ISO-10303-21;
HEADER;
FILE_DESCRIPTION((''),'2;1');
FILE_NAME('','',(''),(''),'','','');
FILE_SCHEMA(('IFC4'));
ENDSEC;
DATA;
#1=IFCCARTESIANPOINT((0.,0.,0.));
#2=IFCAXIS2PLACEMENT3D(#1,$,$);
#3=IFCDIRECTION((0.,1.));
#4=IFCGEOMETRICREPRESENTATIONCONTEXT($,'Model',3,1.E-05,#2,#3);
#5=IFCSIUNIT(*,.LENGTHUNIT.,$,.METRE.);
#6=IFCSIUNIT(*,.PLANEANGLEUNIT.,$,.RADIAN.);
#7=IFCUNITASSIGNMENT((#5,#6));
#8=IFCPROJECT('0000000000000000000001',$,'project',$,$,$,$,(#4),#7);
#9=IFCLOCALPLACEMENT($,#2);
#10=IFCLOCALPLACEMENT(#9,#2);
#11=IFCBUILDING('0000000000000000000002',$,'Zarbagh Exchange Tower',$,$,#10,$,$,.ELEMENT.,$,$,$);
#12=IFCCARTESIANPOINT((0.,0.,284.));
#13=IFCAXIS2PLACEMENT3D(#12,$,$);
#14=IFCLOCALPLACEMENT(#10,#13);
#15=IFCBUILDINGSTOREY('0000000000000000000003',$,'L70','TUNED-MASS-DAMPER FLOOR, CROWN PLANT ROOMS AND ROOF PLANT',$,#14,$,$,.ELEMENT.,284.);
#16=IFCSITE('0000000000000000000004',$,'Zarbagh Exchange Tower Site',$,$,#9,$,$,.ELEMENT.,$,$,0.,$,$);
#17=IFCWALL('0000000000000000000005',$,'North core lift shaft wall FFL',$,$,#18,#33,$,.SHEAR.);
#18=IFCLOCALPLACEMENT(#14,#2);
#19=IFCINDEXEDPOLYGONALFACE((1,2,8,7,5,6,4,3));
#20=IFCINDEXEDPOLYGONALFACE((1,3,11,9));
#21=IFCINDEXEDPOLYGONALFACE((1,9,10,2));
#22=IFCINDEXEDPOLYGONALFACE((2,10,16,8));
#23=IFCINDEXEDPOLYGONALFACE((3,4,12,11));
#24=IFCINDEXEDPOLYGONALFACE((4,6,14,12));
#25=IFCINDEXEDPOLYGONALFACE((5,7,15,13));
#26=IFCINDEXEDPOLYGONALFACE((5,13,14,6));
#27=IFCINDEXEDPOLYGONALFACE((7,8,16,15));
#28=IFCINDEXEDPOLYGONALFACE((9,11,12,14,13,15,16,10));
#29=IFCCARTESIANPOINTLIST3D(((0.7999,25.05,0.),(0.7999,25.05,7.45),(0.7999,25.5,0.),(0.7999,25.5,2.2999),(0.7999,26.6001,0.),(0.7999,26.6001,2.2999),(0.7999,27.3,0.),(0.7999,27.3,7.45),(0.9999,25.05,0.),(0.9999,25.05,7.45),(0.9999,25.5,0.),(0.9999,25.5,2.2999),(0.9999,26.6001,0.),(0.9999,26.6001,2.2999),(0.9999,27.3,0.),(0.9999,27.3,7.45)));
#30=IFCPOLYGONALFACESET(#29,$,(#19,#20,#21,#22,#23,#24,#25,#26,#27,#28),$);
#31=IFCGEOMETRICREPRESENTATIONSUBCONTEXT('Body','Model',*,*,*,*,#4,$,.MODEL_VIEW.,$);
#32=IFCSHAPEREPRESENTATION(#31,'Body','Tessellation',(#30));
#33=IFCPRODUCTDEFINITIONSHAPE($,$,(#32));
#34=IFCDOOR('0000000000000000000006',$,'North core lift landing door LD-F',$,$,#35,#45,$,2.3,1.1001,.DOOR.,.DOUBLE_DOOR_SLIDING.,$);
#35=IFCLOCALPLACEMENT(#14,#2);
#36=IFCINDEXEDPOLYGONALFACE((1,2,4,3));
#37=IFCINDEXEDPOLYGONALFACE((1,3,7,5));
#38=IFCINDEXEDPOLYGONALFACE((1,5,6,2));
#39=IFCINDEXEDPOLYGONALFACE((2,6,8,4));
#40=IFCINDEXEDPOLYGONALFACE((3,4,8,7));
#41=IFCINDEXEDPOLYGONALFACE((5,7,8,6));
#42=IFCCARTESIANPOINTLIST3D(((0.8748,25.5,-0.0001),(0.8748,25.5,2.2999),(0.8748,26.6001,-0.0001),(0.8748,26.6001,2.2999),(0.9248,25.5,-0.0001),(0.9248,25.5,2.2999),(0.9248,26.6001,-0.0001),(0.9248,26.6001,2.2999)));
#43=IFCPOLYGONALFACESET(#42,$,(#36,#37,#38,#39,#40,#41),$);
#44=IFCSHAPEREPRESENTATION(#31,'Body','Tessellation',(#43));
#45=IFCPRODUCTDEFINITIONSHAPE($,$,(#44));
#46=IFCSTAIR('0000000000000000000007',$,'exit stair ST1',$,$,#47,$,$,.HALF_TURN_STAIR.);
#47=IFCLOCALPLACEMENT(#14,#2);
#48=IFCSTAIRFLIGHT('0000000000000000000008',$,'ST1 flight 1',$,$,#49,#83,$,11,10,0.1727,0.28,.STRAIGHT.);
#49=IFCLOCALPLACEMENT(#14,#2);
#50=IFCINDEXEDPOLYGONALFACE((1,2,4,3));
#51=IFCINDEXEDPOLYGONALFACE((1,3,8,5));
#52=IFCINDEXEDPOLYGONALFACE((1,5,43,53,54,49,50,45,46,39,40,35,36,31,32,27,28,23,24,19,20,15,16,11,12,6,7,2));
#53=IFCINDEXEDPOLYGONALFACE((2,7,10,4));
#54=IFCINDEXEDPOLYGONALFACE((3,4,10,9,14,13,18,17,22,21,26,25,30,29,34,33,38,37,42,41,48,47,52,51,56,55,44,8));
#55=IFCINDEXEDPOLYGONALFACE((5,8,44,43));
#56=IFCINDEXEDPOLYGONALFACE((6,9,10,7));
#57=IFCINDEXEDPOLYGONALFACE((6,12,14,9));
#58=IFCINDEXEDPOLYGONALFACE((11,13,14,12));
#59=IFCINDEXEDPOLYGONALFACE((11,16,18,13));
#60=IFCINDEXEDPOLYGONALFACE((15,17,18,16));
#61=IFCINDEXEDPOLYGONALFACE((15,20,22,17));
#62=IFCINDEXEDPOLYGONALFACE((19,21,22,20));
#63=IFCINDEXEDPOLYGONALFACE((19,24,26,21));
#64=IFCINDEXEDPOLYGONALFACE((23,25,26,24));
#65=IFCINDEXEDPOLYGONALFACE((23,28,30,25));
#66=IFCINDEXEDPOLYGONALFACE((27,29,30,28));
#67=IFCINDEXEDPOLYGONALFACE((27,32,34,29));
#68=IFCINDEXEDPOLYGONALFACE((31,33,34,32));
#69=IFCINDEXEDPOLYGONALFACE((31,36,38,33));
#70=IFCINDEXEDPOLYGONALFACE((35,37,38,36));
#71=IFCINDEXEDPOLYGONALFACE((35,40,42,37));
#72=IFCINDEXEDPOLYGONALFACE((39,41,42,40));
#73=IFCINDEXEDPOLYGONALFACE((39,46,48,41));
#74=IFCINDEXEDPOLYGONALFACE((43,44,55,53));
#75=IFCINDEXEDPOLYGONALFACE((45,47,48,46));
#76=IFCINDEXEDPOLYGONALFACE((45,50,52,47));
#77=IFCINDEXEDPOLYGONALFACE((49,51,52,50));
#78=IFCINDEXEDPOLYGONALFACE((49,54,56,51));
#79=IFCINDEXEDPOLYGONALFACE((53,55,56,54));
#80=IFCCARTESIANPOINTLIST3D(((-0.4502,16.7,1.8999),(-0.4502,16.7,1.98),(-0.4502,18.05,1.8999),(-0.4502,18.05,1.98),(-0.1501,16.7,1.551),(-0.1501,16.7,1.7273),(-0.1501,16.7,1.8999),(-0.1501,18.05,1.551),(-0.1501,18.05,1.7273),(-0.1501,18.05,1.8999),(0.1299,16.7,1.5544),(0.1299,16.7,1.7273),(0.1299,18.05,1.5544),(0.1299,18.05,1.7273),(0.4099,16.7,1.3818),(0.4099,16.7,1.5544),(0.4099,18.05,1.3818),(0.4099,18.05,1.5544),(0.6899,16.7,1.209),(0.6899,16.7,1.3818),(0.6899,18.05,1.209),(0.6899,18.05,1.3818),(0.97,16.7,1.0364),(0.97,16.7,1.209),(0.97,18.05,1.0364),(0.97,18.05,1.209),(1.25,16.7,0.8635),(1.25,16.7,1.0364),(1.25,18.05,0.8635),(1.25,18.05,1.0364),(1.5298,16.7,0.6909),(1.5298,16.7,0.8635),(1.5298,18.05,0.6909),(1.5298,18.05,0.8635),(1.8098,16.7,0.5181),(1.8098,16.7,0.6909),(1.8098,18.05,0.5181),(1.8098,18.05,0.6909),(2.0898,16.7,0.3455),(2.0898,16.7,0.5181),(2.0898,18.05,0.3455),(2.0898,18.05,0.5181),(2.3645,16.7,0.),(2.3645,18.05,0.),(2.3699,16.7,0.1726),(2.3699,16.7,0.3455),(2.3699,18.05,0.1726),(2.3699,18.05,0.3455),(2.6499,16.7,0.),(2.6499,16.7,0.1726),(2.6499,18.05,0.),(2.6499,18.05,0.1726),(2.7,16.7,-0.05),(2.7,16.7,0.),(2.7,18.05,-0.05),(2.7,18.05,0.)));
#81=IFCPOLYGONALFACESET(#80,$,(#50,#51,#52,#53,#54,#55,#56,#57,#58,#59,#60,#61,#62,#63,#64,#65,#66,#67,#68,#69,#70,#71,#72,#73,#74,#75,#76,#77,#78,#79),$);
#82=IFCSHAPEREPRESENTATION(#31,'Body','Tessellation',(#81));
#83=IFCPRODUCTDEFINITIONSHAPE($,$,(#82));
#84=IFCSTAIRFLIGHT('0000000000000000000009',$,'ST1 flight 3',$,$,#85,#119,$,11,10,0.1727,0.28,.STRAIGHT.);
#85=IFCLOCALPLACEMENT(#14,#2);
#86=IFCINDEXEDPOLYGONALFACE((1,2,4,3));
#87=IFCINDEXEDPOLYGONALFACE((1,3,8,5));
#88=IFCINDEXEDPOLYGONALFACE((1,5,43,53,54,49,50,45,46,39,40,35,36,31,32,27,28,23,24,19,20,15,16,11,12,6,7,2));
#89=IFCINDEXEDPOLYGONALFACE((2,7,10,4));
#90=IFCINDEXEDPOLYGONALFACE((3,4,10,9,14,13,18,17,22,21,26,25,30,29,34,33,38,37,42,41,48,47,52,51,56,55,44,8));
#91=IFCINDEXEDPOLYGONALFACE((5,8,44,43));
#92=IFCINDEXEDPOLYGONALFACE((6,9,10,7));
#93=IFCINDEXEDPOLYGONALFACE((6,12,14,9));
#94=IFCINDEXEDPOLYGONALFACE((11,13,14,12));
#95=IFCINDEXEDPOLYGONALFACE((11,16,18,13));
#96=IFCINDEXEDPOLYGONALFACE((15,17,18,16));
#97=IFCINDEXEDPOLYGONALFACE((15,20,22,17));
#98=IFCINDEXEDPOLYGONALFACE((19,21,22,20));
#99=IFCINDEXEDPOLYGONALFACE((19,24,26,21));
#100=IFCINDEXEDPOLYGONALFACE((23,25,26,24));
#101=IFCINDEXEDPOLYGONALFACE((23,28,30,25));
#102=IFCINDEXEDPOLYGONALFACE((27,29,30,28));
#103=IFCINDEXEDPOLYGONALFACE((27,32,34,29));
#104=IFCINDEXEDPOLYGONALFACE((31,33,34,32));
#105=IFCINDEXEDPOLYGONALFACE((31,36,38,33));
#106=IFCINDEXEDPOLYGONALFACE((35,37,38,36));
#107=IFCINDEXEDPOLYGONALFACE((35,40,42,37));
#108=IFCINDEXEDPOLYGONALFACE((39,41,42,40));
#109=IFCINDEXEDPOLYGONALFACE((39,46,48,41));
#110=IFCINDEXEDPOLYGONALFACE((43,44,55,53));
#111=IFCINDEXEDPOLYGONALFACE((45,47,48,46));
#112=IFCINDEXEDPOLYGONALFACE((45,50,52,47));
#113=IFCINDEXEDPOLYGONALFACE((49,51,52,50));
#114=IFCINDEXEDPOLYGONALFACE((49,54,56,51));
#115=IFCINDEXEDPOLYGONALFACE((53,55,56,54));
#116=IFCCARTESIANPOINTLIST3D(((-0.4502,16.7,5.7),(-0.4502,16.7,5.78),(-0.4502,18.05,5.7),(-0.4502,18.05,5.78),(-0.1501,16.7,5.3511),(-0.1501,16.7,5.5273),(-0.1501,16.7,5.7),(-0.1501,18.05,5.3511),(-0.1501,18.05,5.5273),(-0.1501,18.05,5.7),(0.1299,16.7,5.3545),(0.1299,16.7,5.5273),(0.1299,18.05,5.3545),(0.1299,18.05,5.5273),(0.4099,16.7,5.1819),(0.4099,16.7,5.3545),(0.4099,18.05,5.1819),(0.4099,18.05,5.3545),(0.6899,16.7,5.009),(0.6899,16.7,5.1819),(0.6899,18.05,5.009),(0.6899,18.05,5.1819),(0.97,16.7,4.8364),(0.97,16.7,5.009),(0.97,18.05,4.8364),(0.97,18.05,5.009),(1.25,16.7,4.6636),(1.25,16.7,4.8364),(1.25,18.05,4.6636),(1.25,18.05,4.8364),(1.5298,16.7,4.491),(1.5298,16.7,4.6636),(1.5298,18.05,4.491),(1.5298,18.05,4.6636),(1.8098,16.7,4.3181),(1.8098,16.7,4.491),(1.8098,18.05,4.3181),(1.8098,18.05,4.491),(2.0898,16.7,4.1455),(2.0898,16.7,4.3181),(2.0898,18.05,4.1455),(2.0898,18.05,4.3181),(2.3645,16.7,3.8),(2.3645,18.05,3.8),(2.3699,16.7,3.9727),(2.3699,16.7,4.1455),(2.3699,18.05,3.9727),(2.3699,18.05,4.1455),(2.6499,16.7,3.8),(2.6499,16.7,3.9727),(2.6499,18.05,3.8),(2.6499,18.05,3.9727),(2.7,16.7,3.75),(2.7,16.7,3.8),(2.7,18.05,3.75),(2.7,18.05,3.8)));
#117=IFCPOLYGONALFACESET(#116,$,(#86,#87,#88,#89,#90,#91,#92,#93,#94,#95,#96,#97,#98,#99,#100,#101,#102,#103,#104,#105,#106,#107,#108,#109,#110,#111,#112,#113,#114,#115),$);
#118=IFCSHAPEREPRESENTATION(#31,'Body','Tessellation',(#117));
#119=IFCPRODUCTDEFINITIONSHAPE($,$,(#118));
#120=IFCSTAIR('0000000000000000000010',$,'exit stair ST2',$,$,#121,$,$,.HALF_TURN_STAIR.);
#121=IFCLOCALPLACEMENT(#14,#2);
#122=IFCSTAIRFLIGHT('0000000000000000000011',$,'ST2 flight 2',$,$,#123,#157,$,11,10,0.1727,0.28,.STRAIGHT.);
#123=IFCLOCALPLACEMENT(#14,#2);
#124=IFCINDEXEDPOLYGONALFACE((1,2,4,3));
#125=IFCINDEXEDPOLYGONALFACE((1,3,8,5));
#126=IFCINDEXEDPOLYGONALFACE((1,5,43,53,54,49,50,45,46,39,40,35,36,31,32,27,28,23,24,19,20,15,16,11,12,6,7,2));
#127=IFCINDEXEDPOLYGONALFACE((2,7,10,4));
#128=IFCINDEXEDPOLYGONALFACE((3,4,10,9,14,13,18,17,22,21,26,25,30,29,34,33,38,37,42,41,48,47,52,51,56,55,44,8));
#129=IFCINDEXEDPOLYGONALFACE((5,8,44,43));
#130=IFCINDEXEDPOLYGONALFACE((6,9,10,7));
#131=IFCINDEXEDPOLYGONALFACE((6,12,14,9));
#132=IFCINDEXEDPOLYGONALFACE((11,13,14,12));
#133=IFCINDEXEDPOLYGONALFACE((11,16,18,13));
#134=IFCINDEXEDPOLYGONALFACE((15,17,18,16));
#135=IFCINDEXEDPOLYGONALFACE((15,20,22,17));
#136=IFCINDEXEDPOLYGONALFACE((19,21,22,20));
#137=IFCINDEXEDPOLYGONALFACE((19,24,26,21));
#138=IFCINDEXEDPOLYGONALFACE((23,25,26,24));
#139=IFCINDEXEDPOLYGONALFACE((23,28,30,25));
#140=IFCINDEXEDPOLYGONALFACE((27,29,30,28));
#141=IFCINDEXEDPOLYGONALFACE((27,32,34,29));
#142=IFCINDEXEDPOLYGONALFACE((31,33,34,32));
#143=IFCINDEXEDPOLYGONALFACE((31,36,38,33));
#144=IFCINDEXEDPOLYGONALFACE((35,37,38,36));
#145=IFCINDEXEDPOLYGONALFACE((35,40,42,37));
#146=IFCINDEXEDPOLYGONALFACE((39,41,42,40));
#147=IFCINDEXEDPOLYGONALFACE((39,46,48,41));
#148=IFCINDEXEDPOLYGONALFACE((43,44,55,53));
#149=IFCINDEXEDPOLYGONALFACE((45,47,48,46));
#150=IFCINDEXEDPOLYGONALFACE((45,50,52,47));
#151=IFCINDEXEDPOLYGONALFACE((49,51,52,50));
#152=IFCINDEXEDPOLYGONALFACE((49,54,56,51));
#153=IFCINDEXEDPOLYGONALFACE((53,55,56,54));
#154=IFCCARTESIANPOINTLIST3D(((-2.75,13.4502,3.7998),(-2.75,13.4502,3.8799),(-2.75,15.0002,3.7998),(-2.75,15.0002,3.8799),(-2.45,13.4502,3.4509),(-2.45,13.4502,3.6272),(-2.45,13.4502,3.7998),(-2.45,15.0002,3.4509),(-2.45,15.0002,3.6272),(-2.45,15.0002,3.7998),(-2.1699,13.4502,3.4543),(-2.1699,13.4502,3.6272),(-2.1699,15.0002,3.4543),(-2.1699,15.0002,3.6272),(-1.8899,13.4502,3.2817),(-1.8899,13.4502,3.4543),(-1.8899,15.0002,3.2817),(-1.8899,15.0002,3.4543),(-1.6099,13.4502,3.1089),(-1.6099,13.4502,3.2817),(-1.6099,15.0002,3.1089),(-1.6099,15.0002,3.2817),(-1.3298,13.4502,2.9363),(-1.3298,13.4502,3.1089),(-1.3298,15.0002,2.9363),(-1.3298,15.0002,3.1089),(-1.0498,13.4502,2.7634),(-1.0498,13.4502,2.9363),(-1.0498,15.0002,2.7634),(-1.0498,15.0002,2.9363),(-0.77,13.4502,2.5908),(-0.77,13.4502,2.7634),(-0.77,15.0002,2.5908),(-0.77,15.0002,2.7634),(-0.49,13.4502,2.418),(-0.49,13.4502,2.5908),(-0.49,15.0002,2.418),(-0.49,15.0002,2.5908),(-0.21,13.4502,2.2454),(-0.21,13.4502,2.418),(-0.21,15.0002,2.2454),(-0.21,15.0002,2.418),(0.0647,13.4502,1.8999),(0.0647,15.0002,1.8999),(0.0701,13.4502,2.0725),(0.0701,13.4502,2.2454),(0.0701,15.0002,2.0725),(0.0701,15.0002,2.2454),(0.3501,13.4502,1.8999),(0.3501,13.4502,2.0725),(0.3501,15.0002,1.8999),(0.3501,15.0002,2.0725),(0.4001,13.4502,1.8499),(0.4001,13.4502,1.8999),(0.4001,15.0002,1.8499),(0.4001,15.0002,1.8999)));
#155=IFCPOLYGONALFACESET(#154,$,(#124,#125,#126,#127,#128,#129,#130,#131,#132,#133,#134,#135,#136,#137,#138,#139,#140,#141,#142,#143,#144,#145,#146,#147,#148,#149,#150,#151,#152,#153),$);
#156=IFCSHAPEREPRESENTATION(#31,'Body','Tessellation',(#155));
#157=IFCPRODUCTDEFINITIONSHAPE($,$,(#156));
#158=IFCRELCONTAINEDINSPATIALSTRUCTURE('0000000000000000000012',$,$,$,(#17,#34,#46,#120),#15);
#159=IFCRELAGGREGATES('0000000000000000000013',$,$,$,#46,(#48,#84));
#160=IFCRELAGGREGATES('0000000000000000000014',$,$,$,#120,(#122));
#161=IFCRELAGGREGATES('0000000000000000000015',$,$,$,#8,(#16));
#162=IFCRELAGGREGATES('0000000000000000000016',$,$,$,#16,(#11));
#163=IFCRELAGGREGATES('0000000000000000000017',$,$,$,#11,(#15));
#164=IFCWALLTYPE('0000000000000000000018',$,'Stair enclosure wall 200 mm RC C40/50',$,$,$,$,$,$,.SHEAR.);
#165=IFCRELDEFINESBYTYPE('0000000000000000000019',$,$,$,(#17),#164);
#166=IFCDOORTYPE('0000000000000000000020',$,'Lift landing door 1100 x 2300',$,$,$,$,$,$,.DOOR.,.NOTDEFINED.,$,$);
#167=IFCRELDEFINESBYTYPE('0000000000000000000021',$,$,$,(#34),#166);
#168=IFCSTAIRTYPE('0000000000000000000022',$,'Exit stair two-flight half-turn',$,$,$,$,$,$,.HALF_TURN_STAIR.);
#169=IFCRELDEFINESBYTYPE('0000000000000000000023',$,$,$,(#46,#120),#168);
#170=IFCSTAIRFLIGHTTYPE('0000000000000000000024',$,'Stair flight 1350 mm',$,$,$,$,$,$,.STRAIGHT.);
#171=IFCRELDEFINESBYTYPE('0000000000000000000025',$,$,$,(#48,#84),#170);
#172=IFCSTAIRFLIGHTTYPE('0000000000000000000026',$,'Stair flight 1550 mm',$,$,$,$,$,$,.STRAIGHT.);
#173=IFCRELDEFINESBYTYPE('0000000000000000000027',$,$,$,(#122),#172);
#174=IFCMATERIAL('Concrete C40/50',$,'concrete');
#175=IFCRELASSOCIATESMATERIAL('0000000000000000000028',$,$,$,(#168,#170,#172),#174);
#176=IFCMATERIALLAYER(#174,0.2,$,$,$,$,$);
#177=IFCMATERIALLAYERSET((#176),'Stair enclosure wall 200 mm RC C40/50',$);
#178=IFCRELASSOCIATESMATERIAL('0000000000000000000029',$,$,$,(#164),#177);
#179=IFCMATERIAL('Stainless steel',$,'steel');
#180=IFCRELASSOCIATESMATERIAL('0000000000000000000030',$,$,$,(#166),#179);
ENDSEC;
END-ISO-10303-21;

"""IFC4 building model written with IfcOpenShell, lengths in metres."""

from ifc_helpers import new_model, si_unit, direction, frame, frame_2d, origin, place, context, subcontext, project, spatial, polyline, rectangle, outline, extrude, material, layer, layer_set, type_object, element, fill, aggregate, save


model = new_model("IFC4")

# Units and contexts
model_context = context("Model", 3, precision=1e-05, world=origin(), true_north=direction((0.0, 1.0)))
body_context = subcontext(model_context, "Body", "Model", "MODEL_VIEW")
ifc_project = project(units=[si_unit("LENGTHUNIT", "METRE"), si_unit("PLANEANGLEUNIT", "RADIAN")], contexts=[model_context])

# Site, building, storey
site_placement = place(None, origin())
site = spatial("IfcSite", under=ifc_project, at=site_placement, Name="Zarbagh Exchange Tower Site", CompositionType="ELEMENT", RefElevation=0.0)
building_placement = place(site_placement, origin())
building = spatial("IfcBuilding", under=site, at=building_placement, Name="Zarbagh Exchange Tower", CompositionType="ELEMENT")
storey_placement = place(building_placement, frame((0.0, 0.0, 284.0)))
storey = spatial("IfcBuildingStorey", under=building, at=storey_placement, Name="L70", Description="TUNED-MASS-DAMPER FLOOR, CROWN PLANT ROOMS AND ROOF PLANT", CompositionType="ELEMENT", Elevation=284.0)

# Shared definitions
ifc_material_1 = material(Name="Concrete C40/50", Category="concrete")
stair_type = type_object("IfcStairType", Name="Exit stair two-flight half-turn", PredefinedType="HALF_TURN_STAIR", material=ifc_material_1)

# Wall, opening, door
ifc_layer_1 = layer(ifc_material_1, 0.2)
ifc_layer_set_1 = layer_set([ifc_layer_1], Name="Stair enclosure wall 200 mm RC C40/50")
wall_type_1 = type_object("IfcWallType", Name="Stair enclosure wall 200 mm RC C40/50", PredefinedType="SHEAR", material=ifc_layer_set_1)
wall_1_placement = place(storey_placement, frame((0.8999, 27.3, 0.0), z_axis=(0.0, 0.0, 1.0), x_axis=(0.0, -1.0, 0.0)))
wall_1 = element("IfcWall", 1, at=wall_1_placement, inside=storey, type_object=wall_type_1, Name="North core lift shaft wall FFL", PredefinedType="SHEAR", context=body_context, shape_type="SweptSolid", body=[
    extrude(rectangle(XDim=2.25, YDim=0.2, at=frame_2d((1.125, 0.0))), origin(), (0.0, 0.0, 1.0), 7.45),
])
opening_1_placement = place(wall_1_placement, frame((0.7, 0.0, 0.0)))
opening_1 = element("IfcOpeningElement", 2, at=opening_1_placement, cuts=wall_1, PredefinedType="OPENING", context=body_context, shape_type="SweptSolid", body=[
    extrude(rectangle(XDim=1.1001, YDim=2.3, at=frame_2d((0.55, 1.1499))), frame((0.0, 0.1099, 0.0), z_axis=(0.0, -1.0, 0.0), x_axis=(1.0, 0.0, 0.0)), (0.0, 0.0, 1.0), 0.22),
])
ifc_material_2 = material(Name="Stainless steel", Category="steel")
door_type_1 = type_object("IfcDoorType", Name="Lift landing door 1100 x 2300", OperationType="NOTDEFINED", PredefinedType="DOOR", material=ifc_material_2)
door_1_placement = place(opening_1_placement, origin())
door_1 = element("IfcDoor", 3, at=door_1_placement, inside=storey, type_object=door_type_1, Name="North core lift landing door LD-F", OperationType="DOUBLE_DOOR_SLIDING", OverallHeight=2.3, OverallWidth=1.1001, PredefinedType="DOOR", context=body_context, shape_type="SweptSolid", body=[
    extrude(rectangle(XDim=1.1001, YDim=2.3, at=frame_2d((0.55, 1.1499))), frame((0.0, 0.0249, 0.0), z_axis=(0.0, -1.0, 0.0), x_axis=(1.0, 0.0, 0.0)), (0.0, 0.0, 1.0), 0.05),
])
fill(opening_1, door_1)

# Stairs, stair flights
stair_1_placement = place(storey_placement, origin())
stair_1 = element("IfcStair", 4, at=stair_1_placement, inside=storey, type_object=stair_type, Name="exit stair ST1", PredefinedType="HALF_TURN_STAIR")
stair_flight_type_1 = type_object("IfcStairFlightType", Name="Stair flight 1350 mm", PredefinedType="STRAIGHT", material=ifc_material_1)
stair_flight_1_placement = place(storey_placement, frame((2.6499, 17.375, 0.0), z_axis=(0.0, 0.0, 1.0), x_axis=(-1.0, 0.0, 0.0)))
stair_flight_1 = element("IfcStairFlight", 5, at=stair_flight_1_placement, type_object=stair_flight_type_1, Name="ST1 flight 1", NumberOfRisers=11, NumberOfTreads=10, PredefinedType="STRAIGHT", RiserHeight=0.1727, TreadLength=0.28, context=body_context, shape_type="SweptSolid", body=[
    extrude(outline(polyline([(-0.05, -0.05), (-0.05, 0.0), (0.0, 0.0), (0.0, 0.1726), (0.28, 0.1726), (0.28, 0.3455), (0.5601, 0.3455), (0.5601, 0.5181), (0.8401, 0.5181), (0.8401, 0.6909), (1.1201, 0.6909), (1.1201, 0.8635), (1.3999, 0.8635), (1.3999, 1.0364), (1.6799, 1.0364), (1.6799, 1.209), (1.96, 1.209), (1.96, 1.3818), (2.24, 1.3818), (2.24, 1.5544), (2.52, 1.5544), (2.52, 1.7273), (2.8, 1.7273), (2.8, 1.8999), (3.1001, 1.98), (3.1001, 1.8999), (2.8, 1.551), (0.2854, 0.0), (-0.05, -0.05)])), frame((0.0, 0.675, 0.0), z_axis=(0.0, -1.0, 0.0), x_axis=(1.0, 0.0, 0.0)), (0.0, 0.0, 1.0), 1.3501),
])
stair_flight_2_placement = place(storey_placement, frame((2.6499, 17.375, 3.8), z_axis=(0.0, 0.0, 1.0), x_axis=(-1.0, 0.0, 0.0)))
stair_flight_2 = element("IfcStairFlight", 6, at=stair_flight_2_placement, type_object=stair_flight_type_1, Name="ST1 flight 3", NumberOfRisers=11, NumberOfTreads=10, PredefinedType="STRAIGHT", RiserHeight=0.1727, TreadLength=0.28, context=body_context, shape_type="SweptSolid", body=[
    extrude(outline(polyline([(-0.05, -0.05), (-0.05, 0.0), (0.0, 0.0), (0.0, 0.1726), (0.28, 0.1726), (0.28, 0.3455), (0.5601, 0.3455), (0.5601, 0.5181), (0.8401, 0.5181), (0.8401, 0.6909), (1.1201, 0.6909), (1.1201, 0.8635), (1.3999, 0.8635), (1.3999, 1.0364), (1.6799, 1.0364), (1.6799, 1.209), (1.96, 1.209), (1.96, 1.3818), (2.24, 1.3818), (2.24, 1.5544), (2.52, 1.5544), (2.52, 1.7273), (2.8, 1.7273), (2.8, 1.8999), (3.1001, 1.98), (3.1001, 1.8999), (2.8, 1.551), (0.2854, 0.0), (-0.05, -0.05)])), frame((0.0, 0.675, 0.0), z_axis=(0.0, -1.0, 0.0), x_axis=(1.0, 0.0, 0.0)), (0.0, 0.0, 1.0), 1.3501),
])
aggregate(stair_1, [stair_flight_1, stair_flight_2])
stair_2_placement = place(storey_placement, origin())
stair_2 = element("IfcStair", 7, at=stair_2_placement, inside=storey, type_object=stair_type, Name="exit stair ST2", PredefinedType="HALF_TURN_STAIR")
stair_flight_type_2 = type_object("IfcStairFlightType", Name="Stair flight 1550 mm", PredefinedType="STRAIGHT", material=ifc_material_1)
stair_flight_3_placement = place(storey_placement, frame((0.3501, 14.2251, 1.8999), z_axis=(0.0, 0.0, 1.0), x_axis=(-1.0, 0.0, 0.0)))
stair_flight_3 = element("IfcStairFlight", 8, at=stair_flight_3_placement, type_object=stair_flight_type_2, Name="ST2 flight 2", NumberOfRisers=11, NumberOfTreads=10, PredefinedType="STRAIGHT", RiserHeight=0.1727, TreadLength=0.28, context=body_context, shape_type="SweptSolid", body=[
    extrude(outline(polyline([(-0.05, -0.05), (-0.05, 0.0), (0.0, 0.0), (0.0, 0.1726), (0.28, 0.1726), (0.28, 0.3455), (0.5601, 0.3455), (0.5601, 0.5181), (0.8401, 0.5181), (0.8401, 0.6909), (1.1201, 0.6909), (1.1201, 0.8635), (1.3999, 0.8635), (1.3999, 1.0364), (1.6799, 1.0364), (1.6799, 1.209), (1.96, 1.209), (1.96, 1.3818), (2.24, 1.3818), (2.24, 1.5544), (2.52, 1.5544), (2.52, 1.7273), (2.8, 1.7273), (2.8, 1.8999), (3.1001, 1.98), (3.1001, 1.8999), (2.8, 1.551), (0.2854, 0.0), (-0.05, -0.05)])), frame((0.0, 0.7749, 0.0), z_axis=(0.0, -1.0, 0.0), x_axis=(1.0, 0.0, 0.0)), (0.0, 0.0, 1.0), 1.55),
])
aggregate(stair_2, [stair_flight_3])

save(model, "model.ifc")
